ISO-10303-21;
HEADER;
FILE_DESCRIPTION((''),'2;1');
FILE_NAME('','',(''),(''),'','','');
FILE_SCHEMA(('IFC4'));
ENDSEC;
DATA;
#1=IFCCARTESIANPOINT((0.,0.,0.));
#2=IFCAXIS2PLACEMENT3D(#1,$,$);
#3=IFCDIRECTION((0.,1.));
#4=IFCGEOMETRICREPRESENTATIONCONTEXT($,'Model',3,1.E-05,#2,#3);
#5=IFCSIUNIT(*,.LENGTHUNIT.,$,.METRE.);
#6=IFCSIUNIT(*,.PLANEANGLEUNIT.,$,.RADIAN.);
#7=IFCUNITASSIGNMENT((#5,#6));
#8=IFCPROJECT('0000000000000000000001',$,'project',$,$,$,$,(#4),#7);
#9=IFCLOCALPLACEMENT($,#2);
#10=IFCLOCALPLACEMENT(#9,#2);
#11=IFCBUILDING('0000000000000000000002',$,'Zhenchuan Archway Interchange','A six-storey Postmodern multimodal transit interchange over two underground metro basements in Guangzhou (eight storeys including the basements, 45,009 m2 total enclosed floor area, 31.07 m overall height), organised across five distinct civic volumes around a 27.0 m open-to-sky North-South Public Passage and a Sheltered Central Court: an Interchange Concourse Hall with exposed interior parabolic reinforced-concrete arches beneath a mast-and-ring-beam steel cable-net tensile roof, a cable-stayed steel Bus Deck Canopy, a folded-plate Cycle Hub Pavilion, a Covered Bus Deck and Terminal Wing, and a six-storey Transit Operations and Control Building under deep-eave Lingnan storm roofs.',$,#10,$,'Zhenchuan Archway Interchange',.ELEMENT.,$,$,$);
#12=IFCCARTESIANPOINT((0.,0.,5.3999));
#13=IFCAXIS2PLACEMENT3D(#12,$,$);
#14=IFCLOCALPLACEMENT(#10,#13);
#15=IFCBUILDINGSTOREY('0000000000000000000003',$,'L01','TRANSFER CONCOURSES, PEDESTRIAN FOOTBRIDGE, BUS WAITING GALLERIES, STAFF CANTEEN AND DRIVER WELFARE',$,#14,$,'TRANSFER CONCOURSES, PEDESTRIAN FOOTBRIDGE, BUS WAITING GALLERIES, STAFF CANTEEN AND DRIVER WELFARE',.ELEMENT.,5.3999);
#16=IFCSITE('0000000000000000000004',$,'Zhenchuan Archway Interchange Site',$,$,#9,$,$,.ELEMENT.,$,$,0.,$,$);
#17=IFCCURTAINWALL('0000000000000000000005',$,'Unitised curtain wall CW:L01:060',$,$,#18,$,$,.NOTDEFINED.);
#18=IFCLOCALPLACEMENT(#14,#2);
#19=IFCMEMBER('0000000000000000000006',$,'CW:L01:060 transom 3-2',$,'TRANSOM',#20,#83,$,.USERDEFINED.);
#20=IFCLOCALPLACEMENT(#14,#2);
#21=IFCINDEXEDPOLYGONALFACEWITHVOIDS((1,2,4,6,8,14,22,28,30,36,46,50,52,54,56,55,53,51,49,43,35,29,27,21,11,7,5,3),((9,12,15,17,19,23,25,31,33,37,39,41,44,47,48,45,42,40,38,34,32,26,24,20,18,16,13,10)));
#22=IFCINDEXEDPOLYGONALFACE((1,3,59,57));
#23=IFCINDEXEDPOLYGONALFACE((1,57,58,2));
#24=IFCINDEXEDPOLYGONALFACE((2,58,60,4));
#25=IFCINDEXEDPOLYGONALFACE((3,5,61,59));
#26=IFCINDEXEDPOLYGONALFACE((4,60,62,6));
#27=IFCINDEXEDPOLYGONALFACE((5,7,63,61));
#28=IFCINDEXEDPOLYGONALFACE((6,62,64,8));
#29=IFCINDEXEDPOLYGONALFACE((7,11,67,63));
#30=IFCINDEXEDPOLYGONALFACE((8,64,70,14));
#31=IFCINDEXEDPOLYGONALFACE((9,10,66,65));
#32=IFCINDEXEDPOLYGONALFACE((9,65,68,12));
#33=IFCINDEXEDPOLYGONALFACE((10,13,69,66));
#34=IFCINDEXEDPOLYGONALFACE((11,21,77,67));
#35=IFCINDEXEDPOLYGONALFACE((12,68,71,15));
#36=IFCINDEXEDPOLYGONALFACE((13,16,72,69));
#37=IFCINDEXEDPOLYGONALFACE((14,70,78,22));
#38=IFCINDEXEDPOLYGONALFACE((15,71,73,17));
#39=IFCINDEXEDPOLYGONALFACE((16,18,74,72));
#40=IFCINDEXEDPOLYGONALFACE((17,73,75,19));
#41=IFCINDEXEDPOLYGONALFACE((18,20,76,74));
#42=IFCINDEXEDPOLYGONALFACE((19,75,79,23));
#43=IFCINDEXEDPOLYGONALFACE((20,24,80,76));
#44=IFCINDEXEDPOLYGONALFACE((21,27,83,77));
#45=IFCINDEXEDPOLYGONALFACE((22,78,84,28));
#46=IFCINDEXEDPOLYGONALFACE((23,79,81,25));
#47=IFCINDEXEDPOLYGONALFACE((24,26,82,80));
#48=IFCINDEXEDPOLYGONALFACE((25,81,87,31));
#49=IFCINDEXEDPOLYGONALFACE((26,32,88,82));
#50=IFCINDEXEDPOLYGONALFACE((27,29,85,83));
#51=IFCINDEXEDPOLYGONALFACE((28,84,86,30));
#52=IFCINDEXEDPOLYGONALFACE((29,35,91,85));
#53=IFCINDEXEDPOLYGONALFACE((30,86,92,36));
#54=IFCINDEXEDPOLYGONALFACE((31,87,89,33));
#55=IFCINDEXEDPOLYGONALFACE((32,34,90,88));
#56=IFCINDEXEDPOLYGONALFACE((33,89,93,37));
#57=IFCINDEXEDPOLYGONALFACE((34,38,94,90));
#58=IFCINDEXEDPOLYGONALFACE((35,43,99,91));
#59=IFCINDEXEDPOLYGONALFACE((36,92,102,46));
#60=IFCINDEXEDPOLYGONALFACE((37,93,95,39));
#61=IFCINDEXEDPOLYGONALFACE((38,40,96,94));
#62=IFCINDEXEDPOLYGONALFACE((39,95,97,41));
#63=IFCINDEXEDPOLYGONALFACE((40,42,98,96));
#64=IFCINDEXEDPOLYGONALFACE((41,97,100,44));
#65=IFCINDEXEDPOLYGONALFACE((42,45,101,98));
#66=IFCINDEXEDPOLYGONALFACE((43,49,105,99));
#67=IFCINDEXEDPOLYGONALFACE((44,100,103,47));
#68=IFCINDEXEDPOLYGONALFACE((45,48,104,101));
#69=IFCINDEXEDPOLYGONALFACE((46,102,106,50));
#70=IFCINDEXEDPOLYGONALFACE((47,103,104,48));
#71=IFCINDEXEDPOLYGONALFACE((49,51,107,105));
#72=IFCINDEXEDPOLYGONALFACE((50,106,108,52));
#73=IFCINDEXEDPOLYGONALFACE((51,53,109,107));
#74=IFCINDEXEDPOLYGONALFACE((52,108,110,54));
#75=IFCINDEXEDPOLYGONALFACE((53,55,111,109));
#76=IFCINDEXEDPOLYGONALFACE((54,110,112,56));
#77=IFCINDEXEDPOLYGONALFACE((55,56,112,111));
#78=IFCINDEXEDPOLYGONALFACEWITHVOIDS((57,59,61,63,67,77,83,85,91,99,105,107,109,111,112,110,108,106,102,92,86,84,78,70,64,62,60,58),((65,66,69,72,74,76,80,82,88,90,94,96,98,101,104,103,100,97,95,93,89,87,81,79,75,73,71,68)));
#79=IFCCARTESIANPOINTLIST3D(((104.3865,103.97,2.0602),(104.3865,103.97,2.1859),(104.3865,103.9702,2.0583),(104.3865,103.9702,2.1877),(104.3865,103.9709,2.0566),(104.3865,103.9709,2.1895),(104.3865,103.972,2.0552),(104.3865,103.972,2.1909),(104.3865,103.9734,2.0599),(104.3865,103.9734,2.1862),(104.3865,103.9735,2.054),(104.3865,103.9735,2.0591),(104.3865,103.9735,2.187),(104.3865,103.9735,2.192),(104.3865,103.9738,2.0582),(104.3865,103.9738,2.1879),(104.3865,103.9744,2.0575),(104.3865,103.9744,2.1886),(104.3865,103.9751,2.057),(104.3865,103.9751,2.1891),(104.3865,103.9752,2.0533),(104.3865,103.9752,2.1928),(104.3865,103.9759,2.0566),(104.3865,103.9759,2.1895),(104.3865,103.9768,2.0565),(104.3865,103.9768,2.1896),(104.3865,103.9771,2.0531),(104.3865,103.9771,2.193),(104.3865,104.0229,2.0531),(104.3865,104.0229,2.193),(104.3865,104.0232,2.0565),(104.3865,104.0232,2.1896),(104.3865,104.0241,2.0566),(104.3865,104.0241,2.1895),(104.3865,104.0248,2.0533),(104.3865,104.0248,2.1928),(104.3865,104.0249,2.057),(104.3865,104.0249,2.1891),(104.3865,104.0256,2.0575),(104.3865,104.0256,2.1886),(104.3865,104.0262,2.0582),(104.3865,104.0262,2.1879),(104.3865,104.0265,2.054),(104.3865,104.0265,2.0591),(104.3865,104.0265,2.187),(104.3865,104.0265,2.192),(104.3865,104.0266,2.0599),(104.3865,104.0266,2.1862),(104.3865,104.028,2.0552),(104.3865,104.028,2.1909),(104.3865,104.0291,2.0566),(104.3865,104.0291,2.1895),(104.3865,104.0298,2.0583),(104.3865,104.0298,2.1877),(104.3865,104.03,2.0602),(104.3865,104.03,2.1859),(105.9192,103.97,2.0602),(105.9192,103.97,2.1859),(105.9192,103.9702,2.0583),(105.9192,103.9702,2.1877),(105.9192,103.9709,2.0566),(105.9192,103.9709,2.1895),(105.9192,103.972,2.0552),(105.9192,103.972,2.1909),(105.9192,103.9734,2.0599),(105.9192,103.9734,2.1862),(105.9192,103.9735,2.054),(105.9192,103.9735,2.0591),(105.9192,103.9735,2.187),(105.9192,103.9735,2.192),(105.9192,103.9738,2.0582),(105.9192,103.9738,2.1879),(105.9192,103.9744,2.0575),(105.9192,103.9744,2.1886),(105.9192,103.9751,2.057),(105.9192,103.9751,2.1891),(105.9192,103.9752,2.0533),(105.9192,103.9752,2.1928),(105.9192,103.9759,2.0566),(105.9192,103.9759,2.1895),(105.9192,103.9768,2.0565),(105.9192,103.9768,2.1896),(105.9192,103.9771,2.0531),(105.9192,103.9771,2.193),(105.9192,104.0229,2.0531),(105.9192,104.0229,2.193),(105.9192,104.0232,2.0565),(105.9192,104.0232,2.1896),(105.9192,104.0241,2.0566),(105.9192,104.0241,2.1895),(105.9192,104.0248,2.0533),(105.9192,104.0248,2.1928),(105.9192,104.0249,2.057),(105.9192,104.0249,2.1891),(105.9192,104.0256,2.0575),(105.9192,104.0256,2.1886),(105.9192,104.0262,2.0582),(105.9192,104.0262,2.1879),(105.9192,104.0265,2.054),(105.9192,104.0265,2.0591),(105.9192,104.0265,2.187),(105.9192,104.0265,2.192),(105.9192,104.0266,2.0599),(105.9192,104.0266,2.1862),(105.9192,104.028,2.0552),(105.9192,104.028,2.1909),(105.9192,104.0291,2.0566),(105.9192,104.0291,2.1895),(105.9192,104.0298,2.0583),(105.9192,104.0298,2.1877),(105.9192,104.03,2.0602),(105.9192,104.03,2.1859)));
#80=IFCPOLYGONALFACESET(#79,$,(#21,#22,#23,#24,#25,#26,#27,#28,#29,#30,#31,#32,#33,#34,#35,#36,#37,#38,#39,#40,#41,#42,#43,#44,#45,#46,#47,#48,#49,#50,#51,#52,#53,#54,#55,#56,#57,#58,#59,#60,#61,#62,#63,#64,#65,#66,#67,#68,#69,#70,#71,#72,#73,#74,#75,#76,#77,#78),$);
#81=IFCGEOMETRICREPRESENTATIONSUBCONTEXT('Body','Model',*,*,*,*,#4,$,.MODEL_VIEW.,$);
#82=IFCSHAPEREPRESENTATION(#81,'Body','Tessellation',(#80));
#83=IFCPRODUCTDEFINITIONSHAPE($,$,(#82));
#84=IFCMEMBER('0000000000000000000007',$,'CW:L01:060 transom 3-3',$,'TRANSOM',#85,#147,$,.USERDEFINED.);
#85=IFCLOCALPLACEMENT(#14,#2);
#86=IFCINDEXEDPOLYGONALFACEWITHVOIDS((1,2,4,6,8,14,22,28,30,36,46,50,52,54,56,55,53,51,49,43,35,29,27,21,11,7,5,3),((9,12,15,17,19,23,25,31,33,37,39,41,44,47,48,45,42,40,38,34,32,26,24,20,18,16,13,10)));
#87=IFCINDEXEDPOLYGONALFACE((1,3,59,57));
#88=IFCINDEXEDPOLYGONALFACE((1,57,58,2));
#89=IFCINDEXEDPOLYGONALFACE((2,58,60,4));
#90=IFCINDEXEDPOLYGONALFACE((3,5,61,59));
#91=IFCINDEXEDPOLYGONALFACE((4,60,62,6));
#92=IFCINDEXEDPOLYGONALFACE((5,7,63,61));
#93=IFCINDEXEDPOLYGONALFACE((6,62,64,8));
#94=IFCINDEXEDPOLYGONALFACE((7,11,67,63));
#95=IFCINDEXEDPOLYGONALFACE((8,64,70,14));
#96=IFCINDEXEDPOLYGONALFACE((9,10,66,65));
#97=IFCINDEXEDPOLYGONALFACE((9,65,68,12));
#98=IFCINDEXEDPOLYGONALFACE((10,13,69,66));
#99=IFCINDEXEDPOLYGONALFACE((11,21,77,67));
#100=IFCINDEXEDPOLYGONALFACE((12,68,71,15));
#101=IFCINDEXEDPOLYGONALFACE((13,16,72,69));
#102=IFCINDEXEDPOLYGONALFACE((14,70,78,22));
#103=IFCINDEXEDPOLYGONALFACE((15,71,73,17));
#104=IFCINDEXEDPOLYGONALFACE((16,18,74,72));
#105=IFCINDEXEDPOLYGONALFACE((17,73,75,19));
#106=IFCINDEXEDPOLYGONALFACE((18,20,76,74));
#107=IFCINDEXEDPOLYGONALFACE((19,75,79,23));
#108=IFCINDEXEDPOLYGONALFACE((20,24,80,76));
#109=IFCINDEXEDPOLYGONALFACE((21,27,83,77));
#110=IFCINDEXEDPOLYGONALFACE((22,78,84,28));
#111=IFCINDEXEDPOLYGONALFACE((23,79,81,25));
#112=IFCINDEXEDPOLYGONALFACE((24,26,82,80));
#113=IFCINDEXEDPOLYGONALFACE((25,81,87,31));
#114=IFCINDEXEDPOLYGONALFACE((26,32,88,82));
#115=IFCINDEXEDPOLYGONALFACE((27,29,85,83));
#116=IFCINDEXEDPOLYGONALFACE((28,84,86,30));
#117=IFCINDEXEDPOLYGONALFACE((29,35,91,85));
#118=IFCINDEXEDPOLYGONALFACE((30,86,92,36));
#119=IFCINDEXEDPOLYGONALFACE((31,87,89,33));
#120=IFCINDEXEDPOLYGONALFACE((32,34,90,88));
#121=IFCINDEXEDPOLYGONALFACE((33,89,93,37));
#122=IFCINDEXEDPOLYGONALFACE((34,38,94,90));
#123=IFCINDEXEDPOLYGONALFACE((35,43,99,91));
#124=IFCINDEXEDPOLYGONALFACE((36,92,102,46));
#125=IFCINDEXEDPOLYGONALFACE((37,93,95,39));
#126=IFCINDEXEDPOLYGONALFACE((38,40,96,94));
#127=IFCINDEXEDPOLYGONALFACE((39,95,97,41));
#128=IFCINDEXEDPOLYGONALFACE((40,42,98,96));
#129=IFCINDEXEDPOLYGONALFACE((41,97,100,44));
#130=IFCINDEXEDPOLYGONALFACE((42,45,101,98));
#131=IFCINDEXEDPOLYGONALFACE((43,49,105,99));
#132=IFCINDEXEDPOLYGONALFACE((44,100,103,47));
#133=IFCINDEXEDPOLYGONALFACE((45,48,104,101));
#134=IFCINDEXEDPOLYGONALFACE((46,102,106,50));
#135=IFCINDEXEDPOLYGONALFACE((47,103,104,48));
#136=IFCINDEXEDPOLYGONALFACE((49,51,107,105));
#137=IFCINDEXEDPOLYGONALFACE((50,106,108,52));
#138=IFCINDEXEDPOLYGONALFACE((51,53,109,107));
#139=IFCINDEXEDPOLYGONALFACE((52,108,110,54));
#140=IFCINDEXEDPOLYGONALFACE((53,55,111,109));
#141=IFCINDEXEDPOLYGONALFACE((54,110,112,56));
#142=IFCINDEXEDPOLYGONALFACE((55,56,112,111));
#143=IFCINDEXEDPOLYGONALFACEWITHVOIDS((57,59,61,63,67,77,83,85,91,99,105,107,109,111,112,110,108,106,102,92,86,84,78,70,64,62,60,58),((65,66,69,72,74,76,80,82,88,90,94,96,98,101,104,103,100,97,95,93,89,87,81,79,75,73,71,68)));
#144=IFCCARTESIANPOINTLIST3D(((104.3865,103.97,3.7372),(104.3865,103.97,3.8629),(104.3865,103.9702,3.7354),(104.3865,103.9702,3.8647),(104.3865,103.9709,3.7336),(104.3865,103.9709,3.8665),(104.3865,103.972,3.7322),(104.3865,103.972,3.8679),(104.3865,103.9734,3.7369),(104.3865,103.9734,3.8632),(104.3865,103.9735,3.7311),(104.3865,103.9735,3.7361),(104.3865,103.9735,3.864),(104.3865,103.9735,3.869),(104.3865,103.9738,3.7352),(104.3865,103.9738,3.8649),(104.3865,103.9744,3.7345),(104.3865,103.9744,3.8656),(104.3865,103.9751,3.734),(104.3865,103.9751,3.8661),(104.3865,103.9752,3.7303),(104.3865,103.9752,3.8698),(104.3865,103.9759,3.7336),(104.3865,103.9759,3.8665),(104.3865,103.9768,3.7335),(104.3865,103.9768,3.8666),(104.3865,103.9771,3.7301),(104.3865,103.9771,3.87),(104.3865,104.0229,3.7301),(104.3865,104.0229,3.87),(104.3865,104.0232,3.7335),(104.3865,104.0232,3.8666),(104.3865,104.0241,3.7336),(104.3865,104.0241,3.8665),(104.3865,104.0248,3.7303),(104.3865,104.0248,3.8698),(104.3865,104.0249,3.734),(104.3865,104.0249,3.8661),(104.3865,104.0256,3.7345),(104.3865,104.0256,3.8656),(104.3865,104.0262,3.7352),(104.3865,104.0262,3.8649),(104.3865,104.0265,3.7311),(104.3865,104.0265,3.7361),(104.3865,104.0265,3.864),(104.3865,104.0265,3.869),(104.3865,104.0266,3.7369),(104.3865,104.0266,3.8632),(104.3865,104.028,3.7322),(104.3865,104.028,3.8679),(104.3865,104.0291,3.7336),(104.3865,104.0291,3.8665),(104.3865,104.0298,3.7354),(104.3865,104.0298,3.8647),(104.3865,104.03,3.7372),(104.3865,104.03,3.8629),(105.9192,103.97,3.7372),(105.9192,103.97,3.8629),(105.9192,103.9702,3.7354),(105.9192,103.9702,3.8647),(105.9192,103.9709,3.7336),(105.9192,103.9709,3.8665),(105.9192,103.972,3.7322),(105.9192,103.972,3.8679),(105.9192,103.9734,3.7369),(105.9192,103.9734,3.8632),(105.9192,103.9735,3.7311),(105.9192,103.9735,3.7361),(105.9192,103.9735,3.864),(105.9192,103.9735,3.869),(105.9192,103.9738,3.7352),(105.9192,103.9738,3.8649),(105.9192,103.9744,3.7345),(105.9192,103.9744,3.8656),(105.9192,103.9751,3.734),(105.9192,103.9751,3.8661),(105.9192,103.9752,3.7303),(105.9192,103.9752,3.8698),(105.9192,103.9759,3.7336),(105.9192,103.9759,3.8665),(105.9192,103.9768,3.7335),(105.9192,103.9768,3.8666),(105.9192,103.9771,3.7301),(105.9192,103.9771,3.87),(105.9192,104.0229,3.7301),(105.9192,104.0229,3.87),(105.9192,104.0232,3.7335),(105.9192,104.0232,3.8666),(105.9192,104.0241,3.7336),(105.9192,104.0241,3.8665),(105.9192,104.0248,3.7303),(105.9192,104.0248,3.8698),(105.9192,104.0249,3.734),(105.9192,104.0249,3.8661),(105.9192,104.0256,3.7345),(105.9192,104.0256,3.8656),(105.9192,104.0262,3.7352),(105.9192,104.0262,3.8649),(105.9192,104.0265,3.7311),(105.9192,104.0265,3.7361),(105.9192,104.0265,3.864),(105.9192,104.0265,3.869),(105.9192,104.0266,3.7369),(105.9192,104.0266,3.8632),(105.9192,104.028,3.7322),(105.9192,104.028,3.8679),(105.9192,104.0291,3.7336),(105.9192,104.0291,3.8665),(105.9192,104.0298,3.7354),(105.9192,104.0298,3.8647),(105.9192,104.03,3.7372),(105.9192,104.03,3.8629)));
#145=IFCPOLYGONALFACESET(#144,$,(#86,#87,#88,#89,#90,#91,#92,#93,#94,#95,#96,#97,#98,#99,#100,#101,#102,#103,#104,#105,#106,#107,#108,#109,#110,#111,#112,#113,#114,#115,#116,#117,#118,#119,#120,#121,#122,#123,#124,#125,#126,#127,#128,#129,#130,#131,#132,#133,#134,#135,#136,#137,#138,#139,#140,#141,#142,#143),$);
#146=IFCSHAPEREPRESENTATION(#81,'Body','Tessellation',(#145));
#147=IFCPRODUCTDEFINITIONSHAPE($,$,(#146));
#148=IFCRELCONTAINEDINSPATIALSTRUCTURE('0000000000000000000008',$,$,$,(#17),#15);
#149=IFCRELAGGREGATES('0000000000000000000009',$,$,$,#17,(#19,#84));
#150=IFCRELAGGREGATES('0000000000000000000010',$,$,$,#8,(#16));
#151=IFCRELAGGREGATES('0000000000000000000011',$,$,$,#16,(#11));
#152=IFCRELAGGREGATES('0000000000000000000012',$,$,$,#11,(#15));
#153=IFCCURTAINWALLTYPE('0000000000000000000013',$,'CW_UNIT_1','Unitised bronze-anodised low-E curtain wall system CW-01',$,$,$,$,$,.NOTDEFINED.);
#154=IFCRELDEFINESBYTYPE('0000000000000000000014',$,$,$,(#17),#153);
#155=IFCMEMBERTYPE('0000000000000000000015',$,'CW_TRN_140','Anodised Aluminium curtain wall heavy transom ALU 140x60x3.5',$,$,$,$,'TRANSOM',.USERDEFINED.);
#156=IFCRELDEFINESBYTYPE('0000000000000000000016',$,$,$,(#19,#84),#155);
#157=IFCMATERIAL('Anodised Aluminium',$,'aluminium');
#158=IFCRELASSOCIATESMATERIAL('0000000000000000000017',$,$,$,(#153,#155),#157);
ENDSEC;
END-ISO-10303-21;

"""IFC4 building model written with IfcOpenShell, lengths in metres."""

from ifc_helpers import new_model, si_unit, direction, frame, origin, origin_2d, place, context, subcontext, project, spatial, hollow_rectangle, extrude, material, material_profile, profile_set, type_object, element, aggregate, save


model = new_model("IFC4")

# Units and contexts
model_context = context("Model", 3, precision=1e-05, world=origin(), true_north=direction((0.0, 1.0)))
body_context = subcontext(model_context, "Body", "Model", "MODEL_VIEW")
ifc_project = project(units=[si_unit("LENGTHUNIT", "METRE"), si_unit("PLANEANGLEUNIT", "RADIAN")], contexts=[model_context])

# Site, building, storey
site_placement = place(None, origin())
site = spatial("IfcSite", under=ifc_project, at=site_placement, Name="Zhenchuan Archway Interchange Site", CompositionType="ELEMENT", RefElevation=0.0)
building_placement = place(site_placement, origin())
building = spatial("IfcBuilding", under=site, at=building_placement, Name="Zhenchuan Archway Interchange", Description="A six-storey Postmodern multimodal transit interchange over two underground metro basements in Guangzhou (eight storeys including the basements, 45,009 m2 total enclosed floor area, 31.07 m overall height), organised across five distinct civic volumes around a 27.0 m open-to-sky North-South Public Passage and a Sheltered Central Court: an Interchange Concourse Hall with exposed interior parabolic reinforced-concrete arches beneath a mast-and-ring-beam steel cable-net tensile roof, a cable-stayed steel Bus Deck Canopy, a folded-plate Cycle Hub Pavilion, a Covered Bus Deck and Terminal Wing, and a six-storey Transit Operations and Control Building under deep-eave Lingnan storm roofs.", LongName="Zhenchuan Archway Interchange", CompositionType="ELEMENT")
storey_placement = place(building_placement, frame((0.0, 0.0, 5.3999)))
storey = spatial("IfcBuildingStorey", under=building, at=storey_placement, Name="L01", Description="TRANSFER CONCOURSES, PEDESTRIAN FOOTBRIDGE, BUS WAITING GALLERIES, STAFF CANTEEN AND DRIVER WELFARE", LongName="TRANSFER CONCOURSES, PEDESTRIAN FOOTBRIDGE, BUS WAITING GALLERIES, STAFF CANTEEN AND DRIVER WELFARE", CompositionType="ELEMENT", Elevation=5.3999)

# Curtain wall, members
ifc_material_1 = material(Name="Anodised Aluminium", Category="aluminium")
curtain_wall_type = type_object("IfcCurtainWallType", Name="CW_UNIT_1", Description="Unitised bronze-anodised low-E curtain wall system CW-01", PredefinedType="NOTDEFINED", material=ifc_material_1)
curtain_wall_placement = place(storey_placement, origin())
curtain_wall = element("IfcCurtainWall", 1, at=curtain_wall_placement, inside=storey, type_object=curtain_wall_type, Name="Unitised curtain wall CW:L01:060", PredefinedType="NOTDEFINED")
ifc_material_profile_1 = material_profile(ifc_material_1, hollow_rectangle(XDim=0.0601, YDim=0.1399, WallThickness=0.0034, InnerFilletRadius=0.0034, OuterFilletRadius=0.0071, at=origin_2d()), Name="ALU 140x60x3.5")
ifc_profile_set_1 = profile_set([ifc_material_profile_1], Name="Anodised Aluminium")
member_type_1 = type_object("IfcMemberType", Name="CW_TRN_140", Description="Anodised Aluminium curtain wall heavy transom ALU 140x60x3.5", ElementType="TRANSOM", PredefinedType="USERDEFINED", material=ifc_profile_set_1)
member_1_placement = place(storey_placement, frame((104.3865, 104.0, 2.123), z_axis=(1.0, 0.0, 0.0), x_axis=(0.0, 1.0, 0.0)))
member_1 = element("IfcMember", 2, at=member_1_placement, type_object=member_type_1, Name="CW:L01:060 transom 3-2", ObjectType="TRANSOM", PredefinedType="USERDEFINED", context=body_context, shape_type="SweptSolid", body=[
    extrude(hollow_rectangle(XDim=0.0601, YDim=0.1399, WallThickness=0.0034, InnerFilletRadius=0.0034, OuterFilletRadius=0.0071, at=origin_2d()), origin(), (0.0, 0.0, 1.0), 1.5327),
])
member_2_placement = place(storey_placement, frame((104.3865, 104.0, 3.8), z_axis=(1.0, 0.0, 0.0), x_axis=(0.0, 1.0, 0.0)))
member_2 = element("IfcMember", 3, at=member_2_placement, type_object=member_type_1, Name="CW:L01:060 transom 3-3", ObjectType="TRANSOM", PredefinedType="USERDEFINED", context=body_context, shape_type="SweptSolid", body=[
    extrude(hollow_rectangle(XDim=0.0601, YDim=0.1399, WallThickness=0.0034, InnerFilletRadius=0.0034, OuterFilletRadius=0.0071, at=origin_2d()), origin(), (0.0, 0.0, 1.0), 1.5327),
])
aggregate(curtain_wall, [member_1, member_2])

save(model, "model.ifc")
